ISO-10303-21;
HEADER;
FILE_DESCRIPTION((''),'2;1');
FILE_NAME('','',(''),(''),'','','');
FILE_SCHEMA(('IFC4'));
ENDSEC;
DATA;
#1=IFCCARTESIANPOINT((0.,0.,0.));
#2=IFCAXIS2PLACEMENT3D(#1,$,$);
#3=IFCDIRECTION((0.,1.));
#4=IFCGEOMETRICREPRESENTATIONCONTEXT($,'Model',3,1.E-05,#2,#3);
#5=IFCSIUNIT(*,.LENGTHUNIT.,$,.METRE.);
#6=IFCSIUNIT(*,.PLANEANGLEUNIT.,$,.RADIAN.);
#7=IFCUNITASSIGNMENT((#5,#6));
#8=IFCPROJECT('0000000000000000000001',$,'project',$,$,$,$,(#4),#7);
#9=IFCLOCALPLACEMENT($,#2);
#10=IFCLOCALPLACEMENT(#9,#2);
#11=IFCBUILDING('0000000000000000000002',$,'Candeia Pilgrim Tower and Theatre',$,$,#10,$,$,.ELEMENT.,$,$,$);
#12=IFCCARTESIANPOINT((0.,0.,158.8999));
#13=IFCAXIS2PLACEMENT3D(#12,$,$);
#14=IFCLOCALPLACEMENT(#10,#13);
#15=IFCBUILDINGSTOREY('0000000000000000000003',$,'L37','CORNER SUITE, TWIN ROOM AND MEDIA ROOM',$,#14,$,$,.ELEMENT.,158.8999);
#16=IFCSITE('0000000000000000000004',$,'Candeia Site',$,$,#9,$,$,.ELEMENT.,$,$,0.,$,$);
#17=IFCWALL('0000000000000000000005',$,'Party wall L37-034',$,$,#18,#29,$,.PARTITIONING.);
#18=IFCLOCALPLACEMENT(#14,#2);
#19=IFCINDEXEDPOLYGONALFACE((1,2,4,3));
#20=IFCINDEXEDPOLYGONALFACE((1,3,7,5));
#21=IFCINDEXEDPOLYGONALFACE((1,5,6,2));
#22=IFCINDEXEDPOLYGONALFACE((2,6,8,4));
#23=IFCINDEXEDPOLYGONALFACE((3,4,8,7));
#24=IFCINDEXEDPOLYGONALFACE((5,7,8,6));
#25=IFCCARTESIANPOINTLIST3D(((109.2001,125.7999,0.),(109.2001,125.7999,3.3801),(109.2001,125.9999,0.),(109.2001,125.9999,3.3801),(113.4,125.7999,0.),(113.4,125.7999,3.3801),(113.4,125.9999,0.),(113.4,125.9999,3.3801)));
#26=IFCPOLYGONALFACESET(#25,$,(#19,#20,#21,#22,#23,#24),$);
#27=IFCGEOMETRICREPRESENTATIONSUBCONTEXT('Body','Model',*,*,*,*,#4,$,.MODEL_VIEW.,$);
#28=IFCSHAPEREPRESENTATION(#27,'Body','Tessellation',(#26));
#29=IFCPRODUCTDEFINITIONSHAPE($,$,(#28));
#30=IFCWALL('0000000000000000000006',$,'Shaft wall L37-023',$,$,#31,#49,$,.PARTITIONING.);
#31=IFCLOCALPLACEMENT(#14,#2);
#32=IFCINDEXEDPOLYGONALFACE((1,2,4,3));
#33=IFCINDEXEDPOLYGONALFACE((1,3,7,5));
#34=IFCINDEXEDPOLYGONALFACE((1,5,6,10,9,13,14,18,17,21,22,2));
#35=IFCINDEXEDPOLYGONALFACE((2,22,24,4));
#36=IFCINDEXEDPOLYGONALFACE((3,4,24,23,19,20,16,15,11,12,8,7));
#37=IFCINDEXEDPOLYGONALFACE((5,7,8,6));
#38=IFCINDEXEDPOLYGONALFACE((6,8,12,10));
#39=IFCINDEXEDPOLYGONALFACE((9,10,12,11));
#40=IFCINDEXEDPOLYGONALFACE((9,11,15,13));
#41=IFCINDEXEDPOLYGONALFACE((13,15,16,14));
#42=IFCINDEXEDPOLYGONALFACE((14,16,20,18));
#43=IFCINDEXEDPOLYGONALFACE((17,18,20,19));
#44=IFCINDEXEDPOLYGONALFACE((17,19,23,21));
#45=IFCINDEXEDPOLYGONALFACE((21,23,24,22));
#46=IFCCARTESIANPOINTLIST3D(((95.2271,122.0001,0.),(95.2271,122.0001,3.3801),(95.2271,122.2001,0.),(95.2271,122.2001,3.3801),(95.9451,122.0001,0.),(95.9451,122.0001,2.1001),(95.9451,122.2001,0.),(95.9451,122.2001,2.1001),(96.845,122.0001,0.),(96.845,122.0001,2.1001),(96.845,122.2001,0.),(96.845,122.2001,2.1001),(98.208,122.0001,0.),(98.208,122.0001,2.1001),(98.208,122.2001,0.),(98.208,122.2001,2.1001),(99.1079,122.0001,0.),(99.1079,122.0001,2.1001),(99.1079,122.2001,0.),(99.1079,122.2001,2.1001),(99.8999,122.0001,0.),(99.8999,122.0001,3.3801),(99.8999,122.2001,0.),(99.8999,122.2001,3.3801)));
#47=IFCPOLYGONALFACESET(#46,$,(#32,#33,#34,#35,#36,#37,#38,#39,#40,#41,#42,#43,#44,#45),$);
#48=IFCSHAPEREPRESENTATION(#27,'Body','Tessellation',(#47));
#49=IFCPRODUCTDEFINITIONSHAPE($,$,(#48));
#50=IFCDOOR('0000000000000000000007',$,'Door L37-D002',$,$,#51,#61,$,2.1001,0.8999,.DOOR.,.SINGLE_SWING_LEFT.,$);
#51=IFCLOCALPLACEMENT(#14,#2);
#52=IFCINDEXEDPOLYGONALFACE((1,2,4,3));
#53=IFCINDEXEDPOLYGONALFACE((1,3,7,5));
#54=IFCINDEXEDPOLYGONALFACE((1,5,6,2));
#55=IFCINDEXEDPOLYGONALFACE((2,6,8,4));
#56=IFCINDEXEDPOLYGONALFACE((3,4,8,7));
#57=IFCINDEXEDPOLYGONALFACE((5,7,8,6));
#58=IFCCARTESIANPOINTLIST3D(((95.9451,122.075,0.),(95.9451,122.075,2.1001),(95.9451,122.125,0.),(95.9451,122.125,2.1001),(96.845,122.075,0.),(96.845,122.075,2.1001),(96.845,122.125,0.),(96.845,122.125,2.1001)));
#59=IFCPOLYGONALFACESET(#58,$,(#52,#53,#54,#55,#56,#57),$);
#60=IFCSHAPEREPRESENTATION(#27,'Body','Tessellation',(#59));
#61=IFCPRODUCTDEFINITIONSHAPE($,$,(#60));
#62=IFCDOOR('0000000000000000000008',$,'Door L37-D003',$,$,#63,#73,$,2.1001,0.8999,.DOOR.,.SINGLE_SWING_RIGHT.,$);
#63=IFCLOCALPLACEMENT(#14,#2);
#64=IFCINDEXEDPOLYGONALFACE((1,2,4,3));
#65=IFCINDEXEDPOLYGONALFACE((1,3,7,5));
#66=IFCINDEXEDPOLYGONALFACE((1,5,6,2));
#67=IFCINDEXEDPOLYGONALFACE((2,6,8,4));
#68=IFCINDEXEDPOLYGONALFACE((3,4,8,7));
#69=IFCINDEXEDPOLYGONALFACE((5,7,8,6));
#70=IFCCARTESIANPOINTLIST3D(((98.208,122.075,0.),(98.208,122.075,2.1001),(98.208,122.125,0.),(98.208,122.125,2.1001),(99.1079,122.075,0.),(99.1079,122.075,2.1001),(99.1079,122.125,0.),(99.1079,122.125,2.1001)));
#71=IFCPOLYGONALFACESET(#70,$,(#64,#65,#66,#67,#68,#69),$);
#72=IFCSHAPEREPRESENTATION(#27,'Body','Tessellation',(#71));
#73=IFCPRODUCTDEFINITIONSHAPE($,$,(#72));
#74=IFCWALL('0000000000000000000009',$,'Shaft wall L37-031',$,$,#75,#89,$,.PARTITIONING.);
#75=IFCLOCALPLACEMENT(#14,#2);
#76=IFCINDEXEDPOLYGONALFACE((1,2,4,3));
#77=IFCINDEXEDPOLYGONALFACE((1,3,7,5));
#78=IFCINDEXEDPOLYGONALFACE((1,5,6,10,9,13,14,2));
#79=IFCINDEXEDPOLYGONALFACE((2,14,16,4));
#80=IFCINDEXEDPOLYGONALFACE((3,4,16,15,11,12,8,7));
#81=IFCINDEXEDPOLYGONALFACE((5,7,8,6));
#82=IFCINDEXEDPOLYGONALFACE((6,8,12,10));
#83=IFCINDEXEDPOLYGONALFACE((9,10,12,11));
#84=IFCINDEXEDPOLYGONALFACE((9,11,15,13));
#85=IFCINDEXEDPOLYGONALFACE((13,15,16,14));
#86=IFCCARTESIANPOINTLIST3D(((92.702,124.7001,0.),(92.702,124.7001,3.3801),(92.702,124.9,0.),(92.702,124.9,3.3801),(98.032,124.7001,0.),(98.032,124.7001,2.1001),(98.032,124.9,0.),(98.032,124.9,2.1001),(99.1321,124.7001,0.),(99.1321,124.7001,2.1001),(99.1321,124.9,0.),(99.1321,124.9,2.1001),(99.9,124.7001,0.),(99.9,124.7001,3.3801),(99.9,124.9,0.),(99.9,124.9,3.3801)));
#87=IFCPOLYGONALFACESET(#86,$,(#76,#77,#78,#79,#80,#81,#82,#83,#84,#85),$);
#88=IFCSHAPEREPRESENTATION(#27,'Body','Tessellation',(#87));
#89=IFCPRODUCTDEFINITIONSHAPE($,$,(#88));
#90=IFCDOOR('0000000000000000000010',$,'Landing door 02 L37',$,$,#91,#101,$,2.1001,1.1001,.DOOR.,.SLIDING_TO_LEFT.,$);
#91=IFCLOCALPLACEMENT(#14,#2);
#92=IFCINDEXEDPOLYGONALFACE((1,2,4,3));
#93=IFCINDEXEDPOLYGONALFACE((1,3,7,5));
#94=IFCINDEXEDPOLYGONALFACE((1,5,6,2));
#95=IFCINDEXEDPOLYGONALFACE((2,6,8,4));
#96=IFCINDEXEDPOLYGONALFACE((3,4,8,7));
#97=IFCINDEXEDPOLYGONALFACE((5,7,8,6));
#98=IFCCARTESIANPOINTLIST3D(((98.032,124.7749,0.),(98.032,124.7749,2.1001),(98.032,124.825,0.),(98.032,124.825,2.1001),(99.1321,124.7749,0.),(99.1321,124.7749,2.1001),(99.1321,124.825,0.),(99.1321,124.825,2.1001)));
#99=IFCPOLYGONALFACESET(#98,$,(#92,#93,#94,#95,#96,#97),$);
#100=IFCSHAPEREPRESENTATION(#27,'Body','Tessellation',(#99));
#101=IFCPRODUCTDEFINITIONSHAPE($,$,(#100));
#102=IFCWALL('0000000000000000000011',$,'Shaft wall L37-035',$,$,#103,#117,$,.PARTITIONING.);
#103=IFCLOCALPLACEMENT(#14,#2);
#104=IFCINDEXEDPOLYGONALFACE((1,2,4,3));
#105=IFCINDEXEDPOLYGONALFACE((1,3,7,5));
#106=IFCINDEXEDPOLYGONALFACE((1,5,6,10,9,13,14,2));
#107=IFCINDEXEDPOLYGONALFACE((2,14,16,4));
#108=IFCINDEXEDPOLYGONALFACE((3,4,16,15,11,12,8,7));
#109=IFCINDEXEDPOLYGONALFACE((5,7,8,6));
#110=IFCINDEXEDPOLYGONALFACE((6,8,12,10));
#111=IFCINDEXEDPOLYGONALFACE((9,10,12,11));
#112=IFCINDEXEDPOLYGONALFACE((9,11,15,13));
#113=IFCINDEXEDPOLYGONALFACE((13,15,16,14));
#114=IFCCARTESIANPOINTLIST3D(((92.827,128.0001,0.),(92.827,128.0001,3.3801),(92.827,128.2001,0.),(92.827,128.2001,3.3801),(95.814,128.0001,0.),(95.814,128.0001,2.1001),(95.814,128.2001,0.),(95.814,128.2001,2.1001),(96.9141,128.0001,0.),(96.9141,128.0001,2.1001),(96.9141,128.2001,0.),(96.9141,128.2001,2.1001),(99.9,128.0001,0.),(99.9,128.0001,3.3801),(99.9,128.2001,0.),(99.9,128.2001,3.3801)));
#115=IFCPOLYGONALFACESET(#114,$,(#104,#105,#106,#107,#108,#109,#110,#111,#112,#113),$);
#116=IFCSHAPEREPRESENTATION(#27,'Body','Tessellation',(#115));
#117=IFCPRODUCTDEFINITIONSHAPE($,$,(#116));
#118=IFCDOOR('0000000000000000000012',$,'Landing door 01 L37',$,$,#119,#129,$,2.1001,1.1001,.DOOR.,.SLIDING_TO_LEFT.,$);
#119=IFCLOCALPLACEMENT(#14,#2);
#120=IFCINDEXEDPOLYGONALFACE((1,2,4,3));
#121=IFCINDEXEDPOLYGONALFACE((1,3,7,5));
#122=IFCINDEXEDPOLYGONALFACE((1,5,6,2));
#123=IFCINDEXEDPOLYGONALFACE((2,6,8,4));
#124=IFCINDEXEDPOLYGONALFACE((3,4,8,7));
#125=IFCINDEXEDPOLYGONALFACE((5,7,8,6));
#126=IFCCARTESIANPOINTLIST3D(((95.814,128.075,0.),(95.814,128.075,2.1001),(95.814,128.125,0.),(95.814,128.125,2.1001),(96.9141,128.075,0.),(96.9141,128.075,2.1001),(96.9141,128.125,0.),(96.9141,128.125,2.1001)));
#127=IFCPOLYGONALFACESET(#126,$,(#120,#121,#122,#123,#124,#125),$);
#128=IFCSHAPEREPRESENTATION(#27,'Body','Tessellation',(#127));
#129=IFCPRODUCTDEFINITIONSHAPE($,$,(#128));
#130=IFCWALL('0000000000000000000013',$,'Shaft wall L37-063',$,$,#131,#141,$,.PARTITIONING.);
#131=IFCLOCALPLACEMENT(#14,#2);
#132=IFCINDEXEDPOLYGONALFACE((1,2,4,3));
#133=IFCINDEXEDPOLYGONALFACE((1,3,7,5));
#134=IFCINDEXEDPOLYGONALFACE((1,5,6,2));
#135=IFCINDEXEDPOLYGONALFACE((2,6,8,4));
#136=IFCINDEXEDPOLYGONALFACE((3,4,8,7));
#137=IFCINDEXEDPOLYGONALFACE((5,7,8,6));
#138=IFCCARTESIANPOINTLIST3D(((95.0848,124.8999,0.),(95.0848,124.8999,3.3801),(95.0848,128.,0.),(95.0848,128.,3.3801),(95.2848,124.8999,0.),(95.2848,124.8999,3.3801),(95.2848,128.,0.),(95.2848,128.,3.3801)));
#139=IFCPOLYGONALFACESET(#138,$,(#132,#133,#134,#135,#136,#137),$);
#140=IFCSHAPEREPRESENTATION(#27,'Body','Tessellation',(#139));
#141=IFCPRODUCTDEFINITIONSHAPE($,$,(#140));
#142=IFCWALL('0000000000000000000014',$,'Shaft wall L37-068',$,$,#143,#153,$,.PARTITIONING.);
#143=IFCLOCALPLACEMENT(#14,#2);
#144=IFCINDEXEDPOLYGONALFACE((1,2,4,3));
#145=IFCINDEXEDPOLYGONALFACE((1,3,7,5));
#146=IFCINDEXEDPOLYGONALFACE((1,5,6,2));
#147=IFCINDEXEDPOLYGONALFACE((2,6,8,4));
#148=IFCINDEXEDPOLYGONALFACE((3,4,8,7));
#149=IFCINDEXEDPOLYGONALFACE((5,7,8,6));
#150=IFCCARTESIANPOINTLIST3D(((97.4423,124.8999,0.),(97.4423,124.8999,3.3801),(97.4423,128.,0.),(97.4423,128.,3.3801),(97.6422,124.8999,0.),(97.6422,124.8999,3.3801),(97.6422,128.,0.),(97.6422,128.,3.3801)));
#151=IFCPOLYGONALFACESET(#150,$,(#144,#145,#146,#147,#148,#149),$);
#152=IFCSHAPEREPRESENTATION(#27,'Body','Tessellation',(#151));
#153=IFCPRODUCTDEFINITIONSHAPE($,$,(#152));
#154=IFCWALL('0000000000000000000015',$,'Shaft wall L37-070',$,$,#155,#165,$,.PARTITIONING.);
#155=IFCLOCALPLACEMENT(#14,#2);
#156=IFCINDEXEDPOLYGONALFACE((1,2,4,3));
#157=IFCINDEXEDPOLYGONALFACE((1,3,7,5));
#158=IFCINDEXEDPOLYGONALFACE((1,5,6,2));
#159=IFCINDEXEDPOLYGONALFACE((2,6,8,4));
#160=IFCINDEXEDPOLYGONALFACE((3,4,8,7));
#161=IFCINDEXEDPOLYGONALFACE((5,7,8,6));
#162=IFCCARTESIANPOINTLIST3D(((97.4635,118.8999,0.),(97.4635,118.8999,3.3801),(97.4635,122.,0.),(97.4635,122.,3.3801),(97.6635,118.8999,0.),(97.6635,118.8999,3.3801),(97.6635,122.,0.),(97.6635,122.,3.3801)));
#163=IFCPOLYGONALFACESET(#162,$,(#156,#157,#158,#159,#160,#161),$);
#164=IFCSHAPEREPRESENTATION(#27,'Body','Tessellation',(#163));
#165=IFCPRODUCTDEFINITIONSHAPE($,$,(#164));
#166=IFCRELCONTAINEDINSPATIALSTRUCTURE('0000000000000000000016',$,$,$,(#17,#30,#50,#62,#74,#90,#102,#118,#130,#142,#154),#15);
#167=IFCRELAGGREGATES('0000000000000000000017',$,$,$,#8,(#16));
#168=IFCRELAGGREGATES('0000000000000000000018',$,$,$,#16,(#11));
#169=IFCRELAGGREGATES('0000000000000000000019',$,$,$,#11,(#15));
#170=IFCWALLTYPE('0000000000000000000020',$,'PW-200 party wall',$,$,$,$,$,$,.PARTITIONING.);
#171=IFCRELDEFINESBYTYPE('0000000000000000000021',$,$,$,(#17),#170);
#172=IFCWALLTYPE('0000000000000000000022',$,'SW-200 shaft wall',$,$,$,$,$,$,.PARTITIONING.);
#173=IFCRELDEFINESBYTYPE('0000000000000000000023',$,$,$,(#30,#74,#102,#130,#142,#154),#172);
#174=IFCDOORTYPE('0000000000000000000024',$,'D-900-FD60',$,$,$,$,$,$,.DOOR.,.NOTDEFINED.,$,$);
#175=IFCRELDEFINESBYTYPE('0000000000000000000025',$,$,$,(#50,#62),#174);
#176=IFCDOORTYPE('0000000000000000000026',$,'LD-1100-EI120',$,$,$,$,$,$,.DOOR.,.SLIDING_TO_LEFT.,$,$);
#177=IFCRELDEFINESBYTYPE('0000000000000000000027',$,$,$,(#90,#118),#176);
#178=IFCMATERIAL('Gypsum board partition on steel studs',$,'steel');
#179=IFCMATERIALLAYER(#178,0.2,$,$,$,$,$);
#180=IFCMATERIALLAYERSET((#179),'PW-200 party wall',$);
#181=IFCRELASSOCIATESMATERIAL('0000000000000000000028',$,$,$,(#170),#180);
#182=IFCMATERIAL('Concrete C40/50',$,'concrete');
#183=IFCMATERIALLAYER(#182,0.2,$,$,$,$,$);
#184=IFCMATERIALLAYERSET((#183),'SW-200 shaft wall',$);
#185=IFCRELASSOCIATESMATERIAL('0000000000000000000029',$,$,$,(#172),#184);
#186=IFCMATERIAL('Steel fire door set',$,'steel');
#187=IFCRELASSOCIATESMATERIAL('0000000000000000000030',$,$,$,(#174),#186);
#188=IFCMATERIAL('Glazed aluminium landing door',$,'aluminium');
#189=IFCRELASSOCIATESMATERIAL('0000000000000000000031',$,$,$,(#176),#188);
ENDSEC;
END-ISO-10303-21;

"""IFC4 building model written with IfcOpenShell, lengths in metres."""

from ifc_helpers import new_model, si_unit, direction, frame, frame_2d, origin, place, context, subcontext, project, spatial, rectangle, extrude, material, layer, layer_set, type_object, element, fill, save


model = new_model("IFC4")

# Units and contexts
model_context = context("Model", 3, precision=1e-05, world=origin(), true_north=direction((0.0, 1.0)))
body_context = subcontext(model_context, "Body", "Model", "MODEL_VIEW")
ifc_project = project(units=[si_unit("LENGTHUNIT", "METRE"), si_unit("PLANEANGLEUNIT", "RADIAN")], contexts=[model_context])

# Site, building, storey
site_placement = place(None, origin())
site = spatial("IfcSite", under=ifc_project, at=site_placement, Name="Candeia Site", CompositionType="ELEMENT", RefElevation=0.0)
building_placement = place(site_placement, origin())
building = spatial("IfcBuilding", under=site, at=building_placement, Name="Candeia Pilgrim Tower and Theatre", CompositionType="ELEMENT")
storey_placement = place(building_placement, frame((0.0, 0.0, 158.8999)))
storey = spatial("IfcBuildingStorey", under=building, at=storey_placement, Name="L37", Description="CORNER SUITE, TWIN ROOM AND MEDIA ROOM", CompositionType="ELEMENT", Elevation=158.8999)

# Shared definitions
ifc_material_1 = material(Name="Gypsum board partition on steel studs", Category="steel")
ifc_material_2 = material(Name="Steel fire door set", Category="steel")

# Wall
ifc_layer_1 = layer(ifc_material_1, 0.2)
ifc_layer_set_1 = layer_set([ifc_layer_1], Name="PW-200 party wall")
wall_type_1 = type_object("IfcWallType", Name="PW-200 party wall", PredefinedType="PARTITIONING", material=ifc_layer_set_1)
wall_1_placement = place(storey_placement, frame((109.2, 125.8999, 0.0), z_axis=(0.0, 0.0, 1.0), x_axis=(1.0, 0.0, 0.0)))
element("IfcWall", 1, at=wall_1_placement, inside=storey, type_object=wall_type_1, Name="Party wall L37-034", PredefinedType="PARTITIONING", context=body_context, shape_type="SweptSolid", body=[
    extrude(rectangle(XDim=4.2, YDim=0.2, at=frame_2d((2.1001, 0.0))), origin(), (0.0, 0.0, 1.0), 3.3801),
])

# Wall, openings, doors
ifc_material_3 = material(Name="Concrete C40/50", Category="concrete")
ifc_layer_2 = layer(ifc_material_3, 0.2)
ifc_layer_set_2 = layer_set([ifc_layer_2], Name="SW-200 shaft wall")
wall_type_2 = type_object("IfcWallType", Name="SW-200 shaft wall", PredefinedType="PARTITIONING", material=ifc_layer_set_2)
wall_2_placement = place(storey_placement, frame((95.2271, 122.1001, 0.0), z_axis=(0.0, 0.0, 1.0), x_axis=(1.0, 0.0, 0.0)))
wall_2 = element("IfcWall", 2, at=wall_2_placement, inside=storey, type_object=wall_type_2, Name="Shaft wall L37-023", PredefinedType="PARTITIONING", context=body_context, shape_type="SweptSolid", body=[
    extrude(rectangle(XDim=4.6729, YDim=0.2, at=frame_2d((2.3364, 0.0))), origin(), (0.0, 0.0, 1.0), 3.3801),
])
opening_1_placement = place(wall_2_placement, frame((0.718, 0.0, 0.0)))
opening_1 = element("IfcOpeningElement", 3, at=opening_1_placement, cuts=wall_2, PredefinedType="OPENING", context=body_context, shape_type="SweptSolid", body=[
    extrude(rectangle(XDim=0.8999, YDim=2.1001, at=frame_2d((0.45, 1.05))), frame((0.0, 0.1099, 0.0), z_axis=(0.0, -1.0, 0.0), x_axis=(1.0, 0.0, 0.0)), (0.0, 0.0, 1.0), 0.22),
])
opening_2_placement = place(wall_2_placement, frame((2.981, 0.0, 0.0)))
opening_2 = element("IfcOpeningElement", 4, at=opening_2_placement, cuts=wall_2, PredefinedType="OPENING", context=body_context, shape_type="SweptSolid", body=[
    extrude(rectangle(XDim=0.8999, YDim=2.1001, at=frame_2d((0.45, 1.05))), frame((0.0, 0.1099, 0.0), z_axis=(0.0, -1.0, 0.0), x_axis=(1.0, 0.0, 0.0)), (0.0, 0.0, 1.0), 0.22),
])
door_type_1 = type_object("IfcDoorType", Name="D-900-FD60", OperationType="NOTDEFINED", PredefinedType="DOOR", material=ifc_material_2)
door_1_placement = place(opening_1_placement, origin())
door_1 = element("IfcDoor", 5, at=door_1_placement, inside=storey, type_object=door_type_1, Name="Door L37-D002", OperationType="SINGLE_SWING_LEFT", OverallHeight=2.1001, OverallWidth=0.8999, PredefinedType="DOOR", context=body_context, shape_type="SweptSolid", body=[
    extrude(rectangle(XDim=0.8999, YDim=2.1001, at=frame_2d((0.45, 1.05))), frame((0.0, 0.0249, 0.0), z_axis=(0.0, -1.0, 0.0), x_axis=(1.0, 0.0, 0.0)), (0.0, 0.0, 1.0), 0.05),
])
fill(opening_1, door_1)
door_2_placement = place(opening_2_placement, origin())
door_2 = element("IfcDoor", 6, at=door_2_placement, inside=storey, type_object=door_type_1, Name="Door L37-D003", OperationType="SINGLE_SWING_RIGHT", OverallHeight=2.1001, OverallWidth=0.8999, PredefinedType="DOOR", context=body_context, shape_type="SweptSolid", body=[
    extrude(rectangle(XDim=0.8999, YDim=2.1001, at=frame_2d((0.45, 1.05))), frame((0.0, 0.0249, 0.0), z_axis=(0.0, -1.0, 0.0), x_axis=(1.0, 0.0, 0.0)), (0.0, 0.0, 1.0), 0.05),
])
fill(opening_2, door_2)

# Walls, openings, doors
wall_3_placement = place(storey_placement, frame((92.7019, 124.8, 0.0), z_axis=(0.0, 0.0, 1.0), x_axis=(1.0, 0.0, 0.0)))
wall_3 = element("IfcWall", 7, at=wall_3_placement, inside=storey, type_object=wall_type_2, Name="Shaft wall L37-031", PredefinedType="PARTITIONING", context=body_context, shape_type="SweptSolid", body=[
    extrude(rectangle(XDim=7.198, YDim=0.2, at=frame_2d((3.5991, 0.0))), origin(), (0.0, 0.0, 1.0), 3.3801),
])
opening_3_placement = place(wall_3_placement, frame((5.3301, 0.0, 0.0)))
opening_3 = element("IfcOpeningElement", 8, at=opening_3_placement, cuts=wall_3, PredefinedType="OPENING", context=body_context, shape_type="SweptSolid", body=[
    extrude(rectangle(XDim=1.1001, YDim=2.1001, at=frame_2d((0.55, 1.05))), frame((0.0, 0.1099, 0.0), z_axis=(0.0, -1.0, 0.0), x_axis=(1.0, 0.0, 0.0)), (0.0, 0.0, 1.0), 0.22),
])
ifc_material_4 = material(Name="Glazed aluminium landing door", Category="aluminium")
door_type_2 = type_object("IfcDoorType", Name="LD-1100-EI120", OperationType="SLIDING_TO_LEFT", PredefinedType="DOOR", material=ifc_material_4)
door_3_placement = place(opening_3_placement, origin())
door_3 = element("IfcDoor", 9, at=door_3_placement, inside=storey, type_object=door_type_2, Name="Landing door 02 L37", OperationType="SLIDING_TO_LEFT", OverallHeight=2.1001, OverallWidth=1.1001, PredefinedType="DOOR", context=body_context, shape_type="SweptSolid", body=[
    extrude(rectangle(XDim=1.1001, YDim=2.1001, at=frame_2d((0.55, 1.05))), frame((0.0, 0.0249, 0.0), z_axis=(0.0, -1.0, 0.0), x_axis=(1.0, 0.0, 0.0)), (0.0, 0.0, 1.0), 0.05),
])
fill(opening_3, door_3)
wall_4_placement = place(storey_placement, frame((92.8269, 128.1001, 0.0), z_axis=(0.0, 0.0, 1.0), x_axis=(1.0, 0.0, 0.0)))
wall_4 = element("IfcWall", 10, at=wall_4_placement, inside=storey, type_object=wall_type_2, Name="Shaft wall L37-035", PredefinedType="PARTITIONING", context=body_context, shape_type="SweptSolid", body=[
    extrude(rectangle(XDim=7.073, YDim=0.2, at=frame_2d((3.5366, 0.0))), origin(), (0.0, 0.0, 1.0), 3.3801),
])
opening_4_placement = place(wall_4_placement, frame((2.9871, 0.0, 0.0)))
opening_4 = element("IfcOpeningElement", 11, at=opening_4_placement, cuts=wall_4, PredefinedType="OPENING", context=body_context, shape_type="SweptSolid", body=[
    extrude(rectangle(XDim=1.1001, YDim=2.1001, at=frame_2d((0.55, 1.05))), frame((0.0, 0.1099, 0.0), z_axis=(0.0, -1.0, 0.0), x_axis=(1.0, 0.0, 0.0)), (0.0, 0.0, 1.0), 0.22),
])
door_4_placement = place(opening_4_placement, origin())
door_4 = element("IfcDoor", 12, at=door_4_placement, inside=storey, type_object=door_type_2, Name="Landing door 01 L37", OperationType="SLIDING_TO_LEFT", OverallHeight=2.1001, OverallWidth=1.1001, PredefinedType="DOOR", context=body_context, shape_type="SweptSolid", body=[
    extrude(rectangle(XDim=1.1001, YDim=2.1001, at=frame_2d((0.55, 1.05))), frame((0.0, 0.0249, 0.0), z_axis=(0.0, -1.0, 0.0), x_axis=(1.0, 0.0, 0.0)), (0.0, 0.0, 1.0), 0.05),
])
fill(opening_4, door_4)

# Walls
for number, where, z_axis, x_axis, name in (
    (13, (95.1848, 124.8999, 0.0), (0.0, 0.0, 1.0), (0.0, 1.0, 0.0), "Shaft wall L37-063"),
    (14, (97.5422, 124.8999, 0.0), (0.0, 0.0, 1.0), (0.0, 1.0, 0.0), "Shaft wall L37-068"),
    (15, (97.5635, 118.8999, 0.0), (0.0, 0.0, 1.0), (0.0, 1.0, 0.0), "Shaft wall L37-070"),
):
    element("IfcWall", number, at=place(storey_placement, frame(where, z_axis=z_axis, x_axis=x_axis)), inside=storey, type_object=wall_type_2, Name=name, PredefinedType="PARTITIONING", context=body_context, shape_type="SweptSolid", body=[
        extrude(rectangle(XDim=3.1001, YDim=0.2, at=frame_2d((1.55, 0.0))), origin(), (0.0, 0.0, 1.0), 3.3801),
    ])

save(model, "model.ifc")
